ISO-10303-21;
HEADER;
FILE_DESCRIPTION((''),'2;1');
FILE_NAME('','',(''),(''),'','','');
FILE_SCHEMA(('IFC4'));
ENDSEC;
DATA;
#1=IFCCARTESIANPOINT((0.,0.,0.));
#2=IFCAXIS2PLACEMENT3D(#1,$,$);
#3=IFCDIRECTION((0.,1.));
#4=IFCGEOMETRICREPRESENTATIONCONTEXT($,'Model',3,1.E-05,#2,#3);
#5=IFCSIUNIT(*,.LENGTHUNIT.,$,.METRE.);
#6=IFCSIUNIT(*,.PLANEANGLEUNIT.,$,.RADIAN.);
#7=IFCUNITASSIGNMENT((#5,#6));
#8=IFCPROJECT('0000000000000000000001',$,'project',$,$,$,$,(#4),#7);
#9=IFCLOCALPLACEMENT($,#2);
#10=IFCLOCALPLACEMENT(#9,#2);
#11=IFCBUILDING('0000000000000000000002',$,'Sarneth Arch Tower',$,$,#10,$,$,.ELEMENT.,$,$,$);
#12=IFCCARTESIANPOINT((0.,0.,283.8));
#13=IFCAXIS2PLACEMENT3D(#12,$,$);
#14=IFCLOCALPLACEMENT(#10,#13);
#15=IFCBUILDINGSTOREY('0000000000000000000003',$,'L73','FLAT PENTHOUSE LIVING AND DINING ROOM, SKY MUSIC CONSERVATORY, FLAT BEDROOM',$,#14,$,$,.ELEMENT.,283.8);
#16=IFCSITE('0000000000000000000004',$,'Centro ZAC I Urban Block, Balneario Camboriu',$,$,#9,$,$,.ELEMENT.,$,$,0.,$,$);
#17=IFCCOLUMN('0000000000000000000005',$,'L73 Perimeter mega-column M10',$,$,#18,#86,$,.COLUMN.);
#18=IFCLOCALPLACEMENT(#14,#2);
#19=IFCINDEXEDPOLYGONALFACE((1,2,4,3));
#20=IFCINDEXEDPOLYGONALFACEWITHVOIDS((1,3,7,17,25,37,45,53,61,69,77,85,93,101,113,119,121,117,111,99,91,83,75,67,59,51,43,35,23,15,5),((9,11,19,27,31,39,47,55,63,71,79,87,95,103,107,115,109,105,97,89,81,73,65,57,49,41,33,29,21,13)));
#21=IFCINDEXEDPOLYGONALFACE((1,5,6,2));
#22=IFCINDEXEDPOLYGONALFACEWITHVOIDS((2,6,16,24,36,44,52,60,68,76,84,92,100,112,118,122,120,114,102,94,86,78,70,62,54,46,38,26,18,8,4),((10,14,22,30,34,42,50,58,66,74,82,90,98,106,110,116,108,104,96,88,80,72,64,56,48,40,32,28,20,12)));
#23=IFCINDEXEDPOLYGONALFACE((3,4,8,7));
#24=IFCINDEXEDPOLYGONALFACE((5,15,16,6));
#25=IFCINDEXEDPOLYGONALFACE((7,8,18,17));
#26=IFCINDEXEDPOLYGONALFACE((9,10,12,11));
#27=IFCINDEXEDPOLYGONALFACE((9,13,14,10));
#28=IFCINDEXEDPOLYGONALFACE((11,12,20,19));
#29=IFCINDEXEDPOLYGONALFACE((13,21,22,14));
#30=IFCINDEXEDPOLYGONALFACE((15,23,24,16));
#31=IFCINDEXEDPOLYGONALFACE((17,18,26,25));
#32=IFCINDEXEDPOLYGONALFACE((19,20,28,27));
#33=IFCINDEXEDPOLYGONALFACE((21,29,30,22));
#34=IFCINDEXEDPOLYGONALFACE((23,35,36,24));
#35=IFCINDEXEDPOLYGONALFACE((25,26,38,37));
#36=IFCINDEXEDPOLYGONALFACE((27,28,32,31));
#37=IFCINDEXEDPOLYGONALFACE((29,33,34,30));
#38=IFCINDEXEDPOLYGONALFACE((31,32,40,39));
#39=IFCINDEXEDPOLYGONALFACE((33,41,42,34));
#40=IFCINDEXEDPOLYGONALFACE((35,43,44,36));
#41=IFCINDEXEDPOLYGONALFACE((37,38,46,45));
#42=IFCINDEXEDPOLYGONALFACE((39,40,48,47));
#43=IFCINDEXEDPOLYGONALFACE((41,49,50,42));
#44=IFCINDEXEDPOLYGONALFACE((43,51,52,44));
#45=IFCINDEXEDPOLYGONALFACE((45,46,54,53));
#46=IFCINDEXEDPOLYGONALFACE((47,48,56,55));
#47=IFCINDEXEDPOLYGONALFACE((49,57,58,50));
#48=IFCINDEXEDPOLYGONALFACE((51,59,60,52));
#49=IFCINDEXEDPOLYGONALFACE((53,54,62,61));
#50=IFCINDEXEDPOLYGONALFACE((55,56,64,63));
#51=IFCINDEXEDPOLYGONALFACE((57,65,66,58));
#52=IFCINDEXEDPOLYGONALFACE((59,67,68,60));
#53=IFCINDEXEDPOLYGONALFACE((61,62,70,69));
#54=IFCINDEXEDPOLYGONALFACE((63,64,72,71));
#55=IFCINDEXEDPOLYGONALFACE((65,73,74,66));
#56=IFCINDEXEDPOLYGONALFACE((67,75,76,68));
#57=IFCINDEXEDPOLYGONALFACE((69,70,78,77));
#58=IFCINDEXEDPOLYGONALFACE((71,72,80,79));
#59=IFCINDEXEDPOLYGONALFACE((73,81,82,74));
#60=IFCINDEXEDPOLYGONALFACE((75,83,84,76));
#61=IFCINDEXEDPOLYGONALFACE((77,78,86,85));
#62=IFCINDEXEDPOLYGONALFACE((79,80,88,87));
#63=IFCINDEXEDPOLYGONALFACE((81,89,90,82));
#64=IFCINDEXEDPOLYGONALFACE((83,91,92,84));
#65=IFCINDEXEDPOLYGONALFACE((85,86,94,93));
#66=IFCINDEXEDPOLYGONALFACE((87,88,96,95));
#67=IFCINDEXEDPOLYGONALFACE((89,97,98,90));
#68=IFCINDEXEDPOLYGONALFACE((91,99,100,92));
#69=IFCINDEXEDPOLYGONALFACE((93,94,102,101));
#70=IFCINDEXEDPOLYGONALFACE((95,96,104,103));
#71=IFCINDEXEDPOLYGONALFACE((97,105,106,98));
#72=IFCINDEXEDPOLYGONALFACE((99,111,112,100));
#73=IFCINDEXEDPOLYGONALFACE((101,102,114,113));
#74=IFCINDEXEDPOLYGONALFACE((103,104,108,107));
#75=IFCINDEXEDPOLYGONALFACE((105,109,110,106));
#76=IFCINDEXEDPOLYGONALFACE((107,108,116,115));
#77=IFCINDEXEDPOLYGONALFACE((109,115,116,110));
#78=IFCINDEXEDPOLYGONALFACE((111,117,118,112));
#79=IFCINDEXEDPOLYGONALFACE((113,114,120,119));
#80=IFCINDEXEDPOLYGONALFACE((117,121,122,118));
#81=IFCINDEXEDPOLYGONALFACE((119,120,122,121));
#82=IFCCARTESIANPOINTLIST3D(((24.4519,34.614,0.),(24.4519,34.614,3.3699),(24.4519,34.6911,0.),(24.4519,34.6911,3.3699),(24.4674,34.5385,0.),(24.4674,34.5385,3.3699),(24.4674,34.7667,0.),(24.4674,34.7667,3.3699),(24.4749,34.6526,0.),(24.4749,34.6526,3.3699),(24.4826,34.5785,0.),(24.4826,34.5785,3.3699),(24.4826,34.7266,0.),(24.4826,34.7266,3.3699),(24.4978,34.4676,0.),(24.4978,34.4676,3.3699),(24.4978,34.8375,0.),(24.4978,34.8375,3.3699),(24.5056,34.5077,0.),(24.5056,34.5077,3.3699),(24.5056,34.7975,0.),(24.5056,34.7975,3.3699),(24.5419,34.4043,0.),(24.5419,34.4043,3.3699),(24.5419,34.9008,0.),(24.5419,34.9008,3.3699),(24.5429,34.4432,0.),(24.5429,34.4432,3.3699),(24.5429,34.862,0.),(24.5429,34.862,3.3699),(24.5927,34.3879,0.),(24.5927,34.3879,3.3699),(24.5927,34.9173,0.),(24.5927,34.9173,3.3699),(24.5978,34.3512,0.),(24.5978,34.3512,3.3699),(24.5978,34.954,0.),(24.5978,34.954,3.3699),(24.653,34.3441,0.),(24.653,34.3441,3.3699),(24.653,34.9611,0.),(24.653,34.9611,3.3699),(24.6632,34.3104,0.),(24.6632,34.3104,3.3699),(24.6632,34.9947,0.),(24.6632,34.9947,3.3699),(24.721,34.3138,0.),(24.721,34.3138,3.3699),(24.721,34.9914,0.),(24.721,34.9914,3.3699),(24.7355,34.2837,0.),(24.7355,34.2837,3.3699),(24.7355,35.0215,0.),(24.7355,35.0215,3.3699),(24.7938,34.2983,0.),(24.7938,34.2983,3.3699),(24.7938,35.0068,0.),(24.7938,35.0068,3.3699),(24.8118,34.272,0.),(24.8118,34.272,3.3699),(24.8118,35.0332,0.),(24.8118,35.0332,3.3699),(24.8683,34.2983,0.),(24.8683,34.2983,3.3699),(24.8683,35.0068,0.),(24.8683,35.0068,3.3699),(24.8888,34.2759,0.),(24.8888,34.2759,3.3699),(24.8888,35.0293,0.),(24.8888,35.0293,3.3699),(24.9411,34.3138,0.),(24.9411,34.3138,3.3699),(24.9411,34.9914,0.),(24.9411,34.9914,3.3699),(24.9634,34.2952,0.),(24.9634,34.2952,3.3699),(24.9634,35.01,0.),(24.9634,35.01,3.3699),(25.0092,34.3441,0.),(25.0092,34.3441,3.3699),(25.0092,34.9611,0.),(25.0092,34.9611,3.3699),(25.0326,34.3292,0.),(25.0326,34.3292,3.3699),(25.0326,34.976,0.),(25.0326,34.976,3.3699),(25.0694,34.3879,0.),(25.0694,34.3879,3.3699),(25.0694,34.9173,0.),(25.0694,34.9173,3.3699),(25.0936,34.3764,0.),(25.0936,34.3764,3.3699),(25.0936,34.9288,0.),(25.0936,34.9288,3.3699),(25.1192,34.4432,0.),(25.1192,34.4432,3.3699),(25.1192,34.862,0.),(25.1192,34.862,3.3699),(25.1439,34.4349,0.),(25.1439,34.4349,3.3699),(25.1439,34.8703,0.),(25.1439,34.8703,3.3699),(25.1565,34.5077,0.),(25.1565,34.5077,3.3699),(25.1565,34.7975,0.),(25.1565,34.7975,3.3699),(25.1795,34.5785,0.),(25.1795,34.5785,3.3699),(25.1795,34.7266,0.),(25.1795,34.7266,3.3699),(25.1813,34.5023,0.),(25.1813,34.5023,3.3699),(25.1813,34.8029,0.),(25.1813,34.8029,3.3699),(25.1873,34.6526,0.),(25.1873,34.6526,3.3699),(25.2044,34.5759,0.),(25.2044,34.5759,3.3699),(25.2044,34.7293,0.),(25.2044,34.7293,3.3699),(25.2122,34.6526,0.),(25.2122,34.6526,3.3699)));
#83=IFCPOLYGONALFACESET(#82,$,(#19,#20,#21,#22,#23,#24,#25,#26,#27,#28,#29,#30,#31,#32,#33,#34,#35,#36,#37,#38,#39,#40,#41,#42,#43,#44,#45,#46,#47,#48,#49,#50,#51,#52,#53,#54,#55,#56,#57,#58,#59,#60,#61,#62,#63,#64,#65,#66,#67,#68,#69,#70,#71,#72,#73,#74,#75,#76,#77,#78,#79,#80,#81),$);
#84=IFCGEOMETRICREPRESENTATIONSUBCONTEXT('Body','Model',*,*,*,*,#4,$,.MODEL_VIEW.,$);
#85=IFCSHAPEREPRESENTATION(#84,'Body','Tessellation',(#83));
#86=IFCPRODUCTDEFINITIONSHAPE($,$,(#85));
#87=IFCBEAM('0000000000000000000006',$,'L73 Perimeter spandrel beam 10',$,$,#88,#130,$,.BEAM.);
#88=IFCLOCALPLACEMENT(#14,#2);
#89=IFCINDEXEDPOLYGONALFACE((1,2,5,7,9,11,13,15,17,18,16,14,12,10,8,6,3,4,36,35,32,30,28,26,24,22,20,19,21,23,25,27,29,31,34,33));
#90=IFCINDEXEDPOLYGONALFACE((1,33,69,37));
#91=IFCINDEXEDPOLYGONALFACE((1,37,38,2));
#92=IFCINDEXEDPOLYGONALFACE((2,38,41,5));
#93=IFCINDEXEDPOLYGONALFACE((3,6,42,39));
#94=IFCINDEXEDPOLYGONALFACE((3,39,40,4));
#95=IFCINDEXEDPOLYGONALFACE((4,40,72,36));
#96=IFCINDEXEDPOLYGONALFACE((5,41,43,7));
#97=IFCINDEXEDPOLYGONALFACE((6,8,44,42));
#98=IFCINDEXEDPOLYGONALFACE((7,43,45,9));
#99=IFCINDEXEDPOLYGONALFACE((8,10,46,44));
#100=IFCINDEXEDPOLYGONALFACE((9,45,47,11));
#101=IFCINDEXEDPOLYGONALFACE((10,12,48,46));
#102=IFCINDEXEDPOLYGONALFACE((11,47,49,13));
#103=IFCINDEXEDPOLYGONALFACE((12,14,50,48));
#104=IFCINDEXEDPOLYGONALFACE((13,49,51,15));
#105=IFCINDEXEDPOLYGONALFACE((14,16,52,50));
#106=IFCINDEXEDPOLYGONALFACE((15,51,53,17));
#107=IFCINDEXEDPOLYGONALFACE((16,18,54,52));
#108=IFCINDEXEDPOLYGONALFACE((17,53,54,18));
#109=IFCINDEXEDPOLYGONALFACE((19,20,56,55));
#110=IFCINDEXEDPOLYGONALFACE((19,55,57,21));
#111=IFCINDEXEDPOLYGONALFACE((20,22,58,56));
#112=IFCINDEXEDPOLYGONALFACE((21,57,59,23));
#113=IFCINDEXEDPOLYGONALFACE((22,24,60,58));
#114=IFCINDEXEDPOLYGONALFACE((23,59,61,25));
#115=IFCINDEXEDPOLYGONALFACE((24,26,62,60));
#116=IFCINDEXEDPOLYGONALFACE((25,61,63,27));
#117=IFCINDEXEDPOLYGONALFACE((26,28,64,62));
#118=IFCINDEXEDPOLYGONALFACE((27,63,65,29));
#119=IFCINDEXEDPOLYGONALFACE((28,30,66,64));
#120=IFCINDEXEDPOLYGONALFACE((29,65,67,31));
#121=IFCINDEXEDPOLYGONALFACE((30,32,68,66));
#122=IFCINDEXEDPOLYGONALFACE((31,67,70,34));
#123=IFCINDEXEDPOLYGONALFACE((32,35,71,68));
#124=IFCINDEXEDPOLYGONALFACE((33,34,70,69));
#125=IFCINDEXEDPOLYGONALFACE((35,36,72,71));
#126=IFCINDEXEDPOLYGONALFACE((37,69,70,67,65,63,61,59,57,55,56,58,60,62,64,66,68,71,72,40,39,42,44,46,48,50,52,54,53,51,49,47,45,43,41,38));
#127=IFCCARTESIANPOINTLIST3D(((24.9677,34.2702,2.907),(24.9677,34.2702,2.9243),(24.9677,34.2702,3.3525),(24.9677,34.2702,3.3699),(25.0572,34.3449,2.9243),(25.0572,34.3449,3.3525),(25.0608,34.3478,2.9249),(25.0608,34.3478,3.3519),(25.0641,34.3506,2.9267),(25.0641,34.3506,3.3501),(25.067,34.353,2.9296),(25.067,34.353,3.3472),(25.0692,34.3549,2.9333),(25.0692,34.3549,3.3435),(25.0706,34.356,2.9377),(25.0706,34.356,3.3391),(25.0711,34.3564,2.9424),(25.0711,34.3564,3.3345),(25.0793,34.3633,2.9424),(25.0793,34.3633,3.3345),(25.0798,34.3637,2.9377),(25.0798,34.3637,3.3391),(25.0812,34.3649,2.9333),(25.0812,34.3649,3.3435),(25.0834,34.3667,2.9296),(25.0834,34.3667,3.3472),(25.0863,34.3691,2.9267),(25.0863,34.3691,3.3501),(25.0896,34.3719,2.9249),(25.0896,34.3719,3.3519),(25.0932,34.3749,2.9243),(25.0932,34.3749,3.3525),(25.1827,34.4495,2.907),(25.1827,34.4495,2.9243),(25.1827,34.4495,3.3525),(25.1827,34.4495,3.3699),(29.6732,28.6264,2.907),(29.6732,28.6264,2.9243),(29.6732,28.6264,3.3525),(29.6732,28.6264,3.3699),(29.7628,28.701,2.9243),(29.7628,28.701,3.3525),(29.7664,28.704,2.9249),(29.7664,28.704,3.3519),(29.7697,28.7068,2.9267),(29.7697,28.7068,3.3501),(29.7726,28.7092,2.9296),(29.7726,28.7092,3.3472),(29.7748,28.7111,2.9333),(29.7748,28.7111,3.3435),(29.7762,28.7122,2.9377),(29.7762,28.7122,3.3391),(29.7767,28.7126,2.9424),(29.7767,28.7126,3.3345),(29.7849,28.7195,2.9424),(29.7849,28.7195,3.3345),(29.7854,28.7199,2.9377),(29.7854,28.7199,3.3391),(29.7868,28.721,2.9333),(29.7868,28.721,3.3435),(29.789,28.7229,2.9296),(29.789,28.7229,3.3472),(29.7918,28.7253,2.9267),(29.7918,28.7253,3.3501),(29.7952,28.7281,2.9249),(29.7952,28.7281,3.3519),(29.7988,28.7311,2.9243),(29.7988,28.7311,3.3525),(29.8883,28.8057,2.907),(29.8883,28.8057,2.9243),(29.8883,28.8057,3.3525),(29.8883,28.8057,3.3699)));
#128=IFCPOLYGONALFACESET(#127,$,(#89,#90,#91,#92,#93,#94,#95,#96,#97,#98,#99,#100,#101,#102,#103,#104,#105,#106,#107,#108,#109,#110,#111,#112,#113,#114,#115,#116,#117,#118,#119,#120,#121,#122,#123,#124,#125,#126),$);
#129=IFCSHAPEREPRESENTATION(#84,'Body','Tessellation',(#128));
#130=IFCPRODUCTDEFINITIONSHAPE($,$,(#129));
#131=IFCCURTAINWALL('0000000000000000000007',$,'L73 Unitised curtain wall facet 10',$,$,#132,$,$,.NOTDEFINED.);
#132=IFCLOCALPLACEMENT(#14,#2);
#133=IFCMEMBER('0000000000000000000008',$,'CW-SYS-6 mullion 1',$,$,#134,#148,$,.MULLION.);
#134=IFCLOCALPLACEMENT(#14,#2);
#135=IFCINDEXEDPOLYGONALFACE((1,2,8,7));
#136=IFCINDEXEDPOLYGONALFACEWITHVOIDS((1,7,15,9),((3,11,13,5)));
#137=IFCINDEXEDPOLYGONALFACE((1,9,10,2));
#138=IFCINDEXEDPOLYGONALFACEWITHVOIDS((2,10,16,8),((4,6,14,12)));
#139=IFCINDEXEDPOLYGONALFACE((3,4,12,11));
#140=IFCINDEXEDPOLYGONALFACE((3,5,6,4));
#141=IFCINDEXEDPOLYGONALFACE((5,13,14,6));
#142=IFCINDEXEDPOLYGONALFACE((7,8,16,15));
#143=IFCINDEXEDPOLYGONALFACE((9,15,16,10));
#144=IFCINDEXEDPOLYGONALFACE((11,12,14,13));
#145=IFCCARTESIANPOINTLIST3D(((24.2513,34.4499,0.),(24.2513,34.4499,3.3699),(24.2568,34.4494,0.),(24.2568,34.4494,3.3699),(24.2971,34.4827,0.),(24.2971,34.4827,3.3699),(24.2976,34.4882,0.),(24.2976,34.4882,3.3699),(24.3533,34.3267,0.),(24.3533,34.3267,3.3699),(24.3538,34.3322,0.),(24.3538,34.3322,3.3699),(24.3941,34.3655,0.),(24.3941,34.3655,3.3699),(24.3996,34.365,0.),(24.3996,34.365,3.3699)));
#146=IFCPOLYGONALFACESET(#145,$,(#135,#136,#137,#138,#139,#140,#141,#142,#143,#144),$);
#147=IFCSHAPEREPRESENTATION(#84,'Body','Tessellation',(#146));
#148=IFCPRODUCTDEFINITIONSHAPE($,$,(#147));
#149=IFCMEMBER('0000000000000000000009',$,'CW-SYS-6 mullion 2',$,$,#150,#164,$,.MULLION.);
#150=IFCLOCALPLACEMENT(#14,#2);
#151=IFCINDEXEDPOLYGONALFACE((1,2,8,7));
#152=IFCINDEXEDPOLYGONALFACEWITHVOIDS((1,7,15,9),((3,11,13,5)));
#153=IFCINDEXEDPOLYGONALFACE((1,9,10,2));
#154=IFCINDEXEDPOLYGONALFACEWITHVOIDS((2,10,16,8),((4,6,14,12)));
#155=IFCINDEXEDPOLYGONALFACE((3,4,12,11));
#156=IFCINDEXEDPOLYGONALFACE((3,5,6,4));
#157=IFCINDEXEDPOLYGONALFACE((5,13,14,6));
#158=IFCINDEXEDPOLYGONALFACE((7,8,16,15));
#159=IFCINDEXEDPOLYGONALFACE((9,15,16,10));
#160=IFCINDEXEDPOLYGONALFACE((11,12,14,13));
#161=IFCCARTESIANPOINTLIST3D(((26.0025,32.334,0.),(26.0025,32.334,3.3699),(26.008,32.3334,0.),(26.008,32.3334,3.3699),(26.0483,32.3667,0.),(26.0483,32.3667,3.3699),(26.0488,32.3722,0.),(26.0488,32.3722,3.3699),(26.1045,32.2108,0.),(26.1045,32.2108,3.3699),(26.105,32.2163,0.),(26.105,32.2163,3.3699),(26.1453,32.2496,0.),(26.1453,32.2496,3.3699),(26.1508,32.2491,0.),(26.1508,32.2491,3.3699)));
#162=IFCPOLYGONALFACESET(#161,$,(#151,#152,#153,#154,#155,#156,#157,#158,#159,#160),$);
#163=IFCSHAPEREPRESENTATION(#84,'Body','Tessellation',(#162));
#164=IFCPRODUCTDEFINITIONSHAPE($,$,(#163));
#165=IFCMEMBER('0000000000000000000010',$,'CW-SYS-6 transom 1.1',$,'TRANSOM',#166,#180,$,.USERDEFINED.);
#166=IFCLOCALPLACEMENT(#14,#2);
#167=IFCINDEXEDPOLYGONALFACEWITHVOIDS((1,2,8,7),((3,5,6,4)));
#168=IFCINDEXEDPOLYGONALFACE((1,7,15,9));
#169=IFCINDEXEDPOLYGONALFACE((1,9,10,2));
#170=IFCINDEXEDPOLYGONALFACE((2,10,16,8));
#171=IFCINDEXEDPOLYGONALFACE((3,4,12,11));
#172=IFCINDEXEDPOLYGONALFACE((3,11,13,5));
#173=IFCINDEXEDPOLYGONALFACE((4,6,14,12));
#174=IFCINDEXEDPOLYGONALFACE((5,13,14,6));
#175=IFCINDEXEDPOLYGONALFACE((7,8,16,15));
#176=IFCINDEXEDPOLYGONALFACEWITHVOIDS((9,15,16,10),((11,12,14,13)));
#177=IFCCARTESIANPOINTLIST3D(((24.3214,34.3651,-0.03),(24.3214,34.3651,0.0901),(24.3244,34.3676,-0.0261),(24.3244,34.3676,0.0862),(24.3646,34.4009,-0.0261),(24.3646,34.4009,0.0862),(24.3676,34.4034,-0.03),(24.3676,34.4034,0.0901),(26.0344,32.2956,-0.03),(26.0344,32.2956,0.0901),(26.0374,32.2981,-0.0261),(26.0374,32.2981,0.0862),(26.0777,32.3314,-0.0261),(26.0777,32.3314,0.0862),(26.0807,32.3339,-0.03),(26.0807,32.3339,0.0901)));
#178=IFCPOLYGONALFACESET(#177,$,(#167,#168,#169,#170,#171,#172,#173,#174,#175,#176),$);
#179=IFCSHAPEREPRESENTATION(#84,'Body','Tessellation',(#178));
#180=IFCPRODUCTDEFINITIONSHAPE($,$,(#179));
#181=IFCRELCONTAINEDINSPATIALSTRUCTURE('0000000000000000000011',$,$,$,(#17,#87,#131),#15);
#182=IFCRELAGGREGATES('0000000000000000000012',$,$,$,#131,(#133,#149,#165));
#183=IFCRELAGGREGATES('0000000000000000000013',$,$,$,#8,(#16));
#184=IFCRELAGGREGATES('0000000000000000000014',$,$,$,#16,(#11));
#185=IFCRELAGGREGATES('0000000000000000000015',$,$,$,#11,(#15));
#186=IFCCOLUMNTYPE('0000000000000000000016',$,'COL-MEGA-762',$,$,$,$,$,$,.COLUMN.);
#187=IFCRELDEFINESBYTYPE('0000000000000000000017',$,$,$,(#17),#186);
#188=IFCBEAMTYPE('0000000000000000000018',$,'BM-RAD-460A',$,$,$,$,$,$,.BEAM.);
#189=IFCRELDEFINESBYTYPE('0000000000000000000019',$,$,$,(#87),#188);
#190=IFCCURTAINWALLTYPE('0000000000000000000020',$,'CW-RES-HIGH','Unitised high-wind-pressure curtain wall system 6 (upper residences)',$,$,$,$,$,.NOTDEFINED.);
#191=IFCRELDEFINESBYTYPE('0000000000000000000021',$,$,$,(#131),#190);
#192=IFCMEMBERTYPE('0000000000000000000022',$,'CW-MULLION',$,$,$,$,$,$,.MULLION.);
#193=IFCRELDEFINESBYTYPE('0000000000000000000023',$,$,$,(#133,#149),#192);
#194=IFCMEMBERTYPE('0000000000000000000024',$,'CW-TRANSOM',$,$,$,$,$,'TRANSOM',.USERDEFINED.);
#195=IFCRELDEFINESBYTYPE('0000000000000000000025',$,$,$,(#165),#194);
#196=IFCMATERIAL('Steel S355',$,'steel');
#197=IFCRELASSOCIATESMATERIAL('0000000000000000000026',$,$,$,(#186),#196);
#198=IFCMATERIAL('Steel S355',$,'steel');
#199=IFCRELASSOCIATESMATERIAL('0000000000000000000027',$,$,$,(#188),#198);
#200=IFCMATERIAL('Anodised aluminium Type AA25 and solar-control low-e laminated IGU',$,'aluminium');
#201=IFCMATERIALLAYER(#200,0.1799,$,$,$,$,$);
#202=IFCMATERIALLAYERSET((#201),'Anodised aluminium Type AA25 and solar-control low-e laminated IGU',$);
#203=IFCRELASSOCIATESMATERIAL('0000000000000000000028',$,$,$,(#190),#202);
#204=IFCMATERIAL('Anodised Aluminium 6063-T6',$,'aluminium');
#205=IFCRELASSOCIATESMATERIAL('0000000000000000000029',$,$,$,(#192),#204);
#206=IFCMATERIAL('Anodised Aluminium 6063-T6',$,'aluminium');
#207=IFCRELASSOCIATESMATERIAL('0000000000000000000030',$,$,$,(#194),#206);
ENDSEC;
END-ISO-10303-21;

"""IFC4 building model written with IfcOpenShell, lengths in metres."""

from ifc_helpers import new_model, si_unit, direction, frame, origin, origin_2d, place, context, subcontext, project, spatial, hollow_rectangle, hollow_circle, i_section, extrude, material, layer, layer_set, material_profile, profile_set, type_object, element, aggregate, save


model = new_model("IFC4")

# Units and contexts
model_context = context("Model", 3, precision=1e-05, world=origin(), true_north=direction((0.0, 1.0)))
body_context = subcontext(model_context, "Body", "Model", "MODEL_VIEW")
ifc_project = project(units=[si_unit("LENGTHUNIT", "METRE"), si_unit("PLANEANGLEUNIT", "RADIAN")], contexts=[model_context])

# Site, building, storey
site_placement = place(None, origin())
site = spatial("IfcSite", under=ifc_project, at=site_placement, Name="Centro ZAC I Urban Block, Balneario Camboriu", CompositionType="ELEMENT", RefElevation=0.0)
building_placement = place(site_placement, origin())
building = spatial("IfcBuilding", under=site, at=building_placement, Name="Sarneth Arch Tower", CompositionType="ELEMENT")
storey_placement = place(building_placement, frame((0.0, 0.0, 283.8)))
storey = spatial("IfcBuildingStorey", under=building, at=storey_placement, Name="L73", Description="FLAT PENTHOUSE LIVING AND DINING ROOM, SKY MUSIC CONSERVATORY, FLAT BEDROOM", CompositionType="ELEMENT", Elevation=283.8)

# Column
ifc_material_1 = material(Name="Steel S355", Category="steel")
ifc_material_profile_1 = material_profile(ifc_material_1, hollow_circle(Radius=0.3811, WallThickness=0.0249, at=origin_2d()), Name="CHS762x25")
ifc_profile_set_1 = profile_set([ifc_material_profile_1], Name="Steel S355")
column_type = type_object("IfcColumnType", Name="COL-MEGA-762", PredefinedType="COLUMN", material=ifc_profile_set_1)
column_placement = place(storey_placement, frame((24.8311, 34.6526, 0.0), z_axis=(0.0, 0.0, 1.0), x_axis=(1.0, 0.0, 0.0)))
element("IfcColumn", 1, at=column_placement, inside=storey, type_object=column_type, Name="L73 Perimeter mega-column M10", PredefinedType="COLUMN", context=body_context, shape_type="SweptSolid", body=[
    extrude(hollow_circle(Radius=0.3811, WallThickness=0.0249, at=origin_2d()), origin(), (0.0, 0.0, 1.0), 3.3699),
])

# Beam
ifc_material_2 = material(Name="Steel S355", Category="steel")
ifc_material_profile_2 = material_profile(ifc_material_2, i_section(OverallWidth=0.28, OverallDepth=0.4629, WebThickness=0.0107, FlangeThickness=0.0173, FilletRadius=0.0181, at=origin_2d()), Name="W460x113")
ifc_profile_set_2 = profile_set([ifc_material_profile_2], Name="Steel S355")
beam_type = type_object("IfcBeamType", Name="BM-RAD-460A", PredefinedType="BEAM", material=ifc_profile_set_2)
beam_placement = place(storey_placement, frame((25.0752, 34.3599, 3.1384), z_axis=(0.640377, -0.768061, 0.0), x_axis=(0.768061, 0.640377, 0.0)))
element("IfcBeam", 2, at=beam_placement, inside=storey, type_object=beam_type, Name="L73 Perimeter spandrel beam 10", PredefinedType="BEAM", context=body_context, shape_type="SweptSolid", body=[
    extrude(i_section(OverallWidth=0.28, OverallDepth=0.4629, WebThickness=0.0107, FlangeThickness=0.0173, FilletRadius=0.0181, at=origin_2d()), origin(), (0.0, 0.0, 1.0), 7.3481),
])

# Curtain wall, members
ifc_material_3 = material(Name="Anodised aluminium Type AA25 and solar-control low-e laminated IGU", Category="aluminium")
ifc_layer_1 = layer(ifc_material_3, 0.1799)
ifc_layer_set_1 = layer_set([ifc_layer_1], Name="Anodised aluminium Type AA25 and solar-control low-e laminated IGU")
curtain_wall_type = type_object("IfcCurtainWallType", Name="CW-RES-HIGH", Description="Unitised high-wind-pressure curtain wall system 6 (upper residences)", PredefinedType="NOTDEFINED", material=ifc_layer_set_1)
curtain_wall_placement = place(storey_placement, origin())
curtain_wall = element("IfcCurtainWall", 3, at=curtain_wall_placement, inside=storey, type_object=curtain_wall_type, Name="L73 Unitised curtain wall facet 10", PredefinedType="NOTDEFINED")
ifc_material_4 = material(Name="Anodised Aluminium 6063-T6", Category="aluminium")
ifc_material_profile_3 = material_profile(ifc_material_4, hollow_rectangle(XDim=0.0601, YDim=0.1599, WallThickness=0.0039, at=origin_2d()), Name="AL-MULL-160x60x4")
ifc_profile_set_3 = profile_set([ifc_material_profile_3], Name="Anodised Aluminium 6063-T6")
member_type_1 = type_object("IfcMemberType", Name="CW-MULLION", PredefinedType="MULLION", material=ifc_profile_set_3)
member_1_placement = place(storey_placement, frame((24.3254, 34.4075, 0.0), z_axis=(0.0, 0.0, 1.0), x_axis=(0.770359, 0.63761, 0.0)))
member_1 = element("IfcMember", 4, at=member_1_placement, type_object=member_type_1, Name="CW-SYS-6 mullion 1", PredefinedType="MULLION", context=body_context, shape_type="SweptSolid", body=[
    extrude(hollow_rectangle(XDim=0.0601, YDim=0.1599, WallThickness=0.0039, at=origin_2d()), origin(), (0.0, 0.0, 1.0), 3.3699),
])
member_2_placement = place(storey_placement, frame((26.0767, 32.2915, 0.0), z_axis=(0.0, 0.0, 1.0), x_axis=(0.770359, 0.63761, 0.0)))
member_2 = element("IfcMember", 5, at=member_2_placement, type_object=member_type_1, Name="CW-SYS-6 mullion 2", PredefinedType="MULLION", context=body_context, shape_type="SweptSolid", body=[
    extrude(hollow_rectangle(XDim=0.0601, YDim=0.1599, WallThickness=0.0039, at=origin_2d()), origin(), (0.0, 0.0, 1.0), 3.3699),
])
ifc_material_5 = material(Name="Anodised Aluminium 6063-T6", Category="aluminium")
ifc_material_profile_4 = material_profile(ifc_material_5, hollow_rectangle(XDim=0.0601, YDim=0.1201, WallThickness=0.0039, at=origin_2d()), Name="AL-TRAN-120x60x4")
ifc_profile_set_4 = profile_set([ifc_material_profile_4], Name="Anodised Aluminium 6063-T6")
member_type_2 = type_object("IfcMemberType", Name="CW-TRANSOM", ElementType="TRANSOM", PredefinedType="USERDEFINED", material=ifc_profile_set_4)
member_3_placement = place(storey_placement, frame((24.3445, 34.3843, 0.03), z_axis=(0.637651, -0.770325, 0.0), x_axis=(0.770325, 0.637651, 0.0)))
member_3 = element("IfcMember", 6, at=member_3_placement, type_object=member_type_2, Name="CW-SYS-6 transom 1.1", ObjectType="TRANSOM", PredefinedType="USERDEFINED", context=body_context, shape_type="SweptSolid", body=[
    extrude(hollow_rectangle(XDim=0.0601, YDim=0.1201, WallThickness=0.0039, at=origin_2d()), origin(), (0.0, 0.0, 1.0), 2.6865),
])
aggregate(curtain_wall, [member_1, member_2, member_3])

save(model, "model.ifc")
